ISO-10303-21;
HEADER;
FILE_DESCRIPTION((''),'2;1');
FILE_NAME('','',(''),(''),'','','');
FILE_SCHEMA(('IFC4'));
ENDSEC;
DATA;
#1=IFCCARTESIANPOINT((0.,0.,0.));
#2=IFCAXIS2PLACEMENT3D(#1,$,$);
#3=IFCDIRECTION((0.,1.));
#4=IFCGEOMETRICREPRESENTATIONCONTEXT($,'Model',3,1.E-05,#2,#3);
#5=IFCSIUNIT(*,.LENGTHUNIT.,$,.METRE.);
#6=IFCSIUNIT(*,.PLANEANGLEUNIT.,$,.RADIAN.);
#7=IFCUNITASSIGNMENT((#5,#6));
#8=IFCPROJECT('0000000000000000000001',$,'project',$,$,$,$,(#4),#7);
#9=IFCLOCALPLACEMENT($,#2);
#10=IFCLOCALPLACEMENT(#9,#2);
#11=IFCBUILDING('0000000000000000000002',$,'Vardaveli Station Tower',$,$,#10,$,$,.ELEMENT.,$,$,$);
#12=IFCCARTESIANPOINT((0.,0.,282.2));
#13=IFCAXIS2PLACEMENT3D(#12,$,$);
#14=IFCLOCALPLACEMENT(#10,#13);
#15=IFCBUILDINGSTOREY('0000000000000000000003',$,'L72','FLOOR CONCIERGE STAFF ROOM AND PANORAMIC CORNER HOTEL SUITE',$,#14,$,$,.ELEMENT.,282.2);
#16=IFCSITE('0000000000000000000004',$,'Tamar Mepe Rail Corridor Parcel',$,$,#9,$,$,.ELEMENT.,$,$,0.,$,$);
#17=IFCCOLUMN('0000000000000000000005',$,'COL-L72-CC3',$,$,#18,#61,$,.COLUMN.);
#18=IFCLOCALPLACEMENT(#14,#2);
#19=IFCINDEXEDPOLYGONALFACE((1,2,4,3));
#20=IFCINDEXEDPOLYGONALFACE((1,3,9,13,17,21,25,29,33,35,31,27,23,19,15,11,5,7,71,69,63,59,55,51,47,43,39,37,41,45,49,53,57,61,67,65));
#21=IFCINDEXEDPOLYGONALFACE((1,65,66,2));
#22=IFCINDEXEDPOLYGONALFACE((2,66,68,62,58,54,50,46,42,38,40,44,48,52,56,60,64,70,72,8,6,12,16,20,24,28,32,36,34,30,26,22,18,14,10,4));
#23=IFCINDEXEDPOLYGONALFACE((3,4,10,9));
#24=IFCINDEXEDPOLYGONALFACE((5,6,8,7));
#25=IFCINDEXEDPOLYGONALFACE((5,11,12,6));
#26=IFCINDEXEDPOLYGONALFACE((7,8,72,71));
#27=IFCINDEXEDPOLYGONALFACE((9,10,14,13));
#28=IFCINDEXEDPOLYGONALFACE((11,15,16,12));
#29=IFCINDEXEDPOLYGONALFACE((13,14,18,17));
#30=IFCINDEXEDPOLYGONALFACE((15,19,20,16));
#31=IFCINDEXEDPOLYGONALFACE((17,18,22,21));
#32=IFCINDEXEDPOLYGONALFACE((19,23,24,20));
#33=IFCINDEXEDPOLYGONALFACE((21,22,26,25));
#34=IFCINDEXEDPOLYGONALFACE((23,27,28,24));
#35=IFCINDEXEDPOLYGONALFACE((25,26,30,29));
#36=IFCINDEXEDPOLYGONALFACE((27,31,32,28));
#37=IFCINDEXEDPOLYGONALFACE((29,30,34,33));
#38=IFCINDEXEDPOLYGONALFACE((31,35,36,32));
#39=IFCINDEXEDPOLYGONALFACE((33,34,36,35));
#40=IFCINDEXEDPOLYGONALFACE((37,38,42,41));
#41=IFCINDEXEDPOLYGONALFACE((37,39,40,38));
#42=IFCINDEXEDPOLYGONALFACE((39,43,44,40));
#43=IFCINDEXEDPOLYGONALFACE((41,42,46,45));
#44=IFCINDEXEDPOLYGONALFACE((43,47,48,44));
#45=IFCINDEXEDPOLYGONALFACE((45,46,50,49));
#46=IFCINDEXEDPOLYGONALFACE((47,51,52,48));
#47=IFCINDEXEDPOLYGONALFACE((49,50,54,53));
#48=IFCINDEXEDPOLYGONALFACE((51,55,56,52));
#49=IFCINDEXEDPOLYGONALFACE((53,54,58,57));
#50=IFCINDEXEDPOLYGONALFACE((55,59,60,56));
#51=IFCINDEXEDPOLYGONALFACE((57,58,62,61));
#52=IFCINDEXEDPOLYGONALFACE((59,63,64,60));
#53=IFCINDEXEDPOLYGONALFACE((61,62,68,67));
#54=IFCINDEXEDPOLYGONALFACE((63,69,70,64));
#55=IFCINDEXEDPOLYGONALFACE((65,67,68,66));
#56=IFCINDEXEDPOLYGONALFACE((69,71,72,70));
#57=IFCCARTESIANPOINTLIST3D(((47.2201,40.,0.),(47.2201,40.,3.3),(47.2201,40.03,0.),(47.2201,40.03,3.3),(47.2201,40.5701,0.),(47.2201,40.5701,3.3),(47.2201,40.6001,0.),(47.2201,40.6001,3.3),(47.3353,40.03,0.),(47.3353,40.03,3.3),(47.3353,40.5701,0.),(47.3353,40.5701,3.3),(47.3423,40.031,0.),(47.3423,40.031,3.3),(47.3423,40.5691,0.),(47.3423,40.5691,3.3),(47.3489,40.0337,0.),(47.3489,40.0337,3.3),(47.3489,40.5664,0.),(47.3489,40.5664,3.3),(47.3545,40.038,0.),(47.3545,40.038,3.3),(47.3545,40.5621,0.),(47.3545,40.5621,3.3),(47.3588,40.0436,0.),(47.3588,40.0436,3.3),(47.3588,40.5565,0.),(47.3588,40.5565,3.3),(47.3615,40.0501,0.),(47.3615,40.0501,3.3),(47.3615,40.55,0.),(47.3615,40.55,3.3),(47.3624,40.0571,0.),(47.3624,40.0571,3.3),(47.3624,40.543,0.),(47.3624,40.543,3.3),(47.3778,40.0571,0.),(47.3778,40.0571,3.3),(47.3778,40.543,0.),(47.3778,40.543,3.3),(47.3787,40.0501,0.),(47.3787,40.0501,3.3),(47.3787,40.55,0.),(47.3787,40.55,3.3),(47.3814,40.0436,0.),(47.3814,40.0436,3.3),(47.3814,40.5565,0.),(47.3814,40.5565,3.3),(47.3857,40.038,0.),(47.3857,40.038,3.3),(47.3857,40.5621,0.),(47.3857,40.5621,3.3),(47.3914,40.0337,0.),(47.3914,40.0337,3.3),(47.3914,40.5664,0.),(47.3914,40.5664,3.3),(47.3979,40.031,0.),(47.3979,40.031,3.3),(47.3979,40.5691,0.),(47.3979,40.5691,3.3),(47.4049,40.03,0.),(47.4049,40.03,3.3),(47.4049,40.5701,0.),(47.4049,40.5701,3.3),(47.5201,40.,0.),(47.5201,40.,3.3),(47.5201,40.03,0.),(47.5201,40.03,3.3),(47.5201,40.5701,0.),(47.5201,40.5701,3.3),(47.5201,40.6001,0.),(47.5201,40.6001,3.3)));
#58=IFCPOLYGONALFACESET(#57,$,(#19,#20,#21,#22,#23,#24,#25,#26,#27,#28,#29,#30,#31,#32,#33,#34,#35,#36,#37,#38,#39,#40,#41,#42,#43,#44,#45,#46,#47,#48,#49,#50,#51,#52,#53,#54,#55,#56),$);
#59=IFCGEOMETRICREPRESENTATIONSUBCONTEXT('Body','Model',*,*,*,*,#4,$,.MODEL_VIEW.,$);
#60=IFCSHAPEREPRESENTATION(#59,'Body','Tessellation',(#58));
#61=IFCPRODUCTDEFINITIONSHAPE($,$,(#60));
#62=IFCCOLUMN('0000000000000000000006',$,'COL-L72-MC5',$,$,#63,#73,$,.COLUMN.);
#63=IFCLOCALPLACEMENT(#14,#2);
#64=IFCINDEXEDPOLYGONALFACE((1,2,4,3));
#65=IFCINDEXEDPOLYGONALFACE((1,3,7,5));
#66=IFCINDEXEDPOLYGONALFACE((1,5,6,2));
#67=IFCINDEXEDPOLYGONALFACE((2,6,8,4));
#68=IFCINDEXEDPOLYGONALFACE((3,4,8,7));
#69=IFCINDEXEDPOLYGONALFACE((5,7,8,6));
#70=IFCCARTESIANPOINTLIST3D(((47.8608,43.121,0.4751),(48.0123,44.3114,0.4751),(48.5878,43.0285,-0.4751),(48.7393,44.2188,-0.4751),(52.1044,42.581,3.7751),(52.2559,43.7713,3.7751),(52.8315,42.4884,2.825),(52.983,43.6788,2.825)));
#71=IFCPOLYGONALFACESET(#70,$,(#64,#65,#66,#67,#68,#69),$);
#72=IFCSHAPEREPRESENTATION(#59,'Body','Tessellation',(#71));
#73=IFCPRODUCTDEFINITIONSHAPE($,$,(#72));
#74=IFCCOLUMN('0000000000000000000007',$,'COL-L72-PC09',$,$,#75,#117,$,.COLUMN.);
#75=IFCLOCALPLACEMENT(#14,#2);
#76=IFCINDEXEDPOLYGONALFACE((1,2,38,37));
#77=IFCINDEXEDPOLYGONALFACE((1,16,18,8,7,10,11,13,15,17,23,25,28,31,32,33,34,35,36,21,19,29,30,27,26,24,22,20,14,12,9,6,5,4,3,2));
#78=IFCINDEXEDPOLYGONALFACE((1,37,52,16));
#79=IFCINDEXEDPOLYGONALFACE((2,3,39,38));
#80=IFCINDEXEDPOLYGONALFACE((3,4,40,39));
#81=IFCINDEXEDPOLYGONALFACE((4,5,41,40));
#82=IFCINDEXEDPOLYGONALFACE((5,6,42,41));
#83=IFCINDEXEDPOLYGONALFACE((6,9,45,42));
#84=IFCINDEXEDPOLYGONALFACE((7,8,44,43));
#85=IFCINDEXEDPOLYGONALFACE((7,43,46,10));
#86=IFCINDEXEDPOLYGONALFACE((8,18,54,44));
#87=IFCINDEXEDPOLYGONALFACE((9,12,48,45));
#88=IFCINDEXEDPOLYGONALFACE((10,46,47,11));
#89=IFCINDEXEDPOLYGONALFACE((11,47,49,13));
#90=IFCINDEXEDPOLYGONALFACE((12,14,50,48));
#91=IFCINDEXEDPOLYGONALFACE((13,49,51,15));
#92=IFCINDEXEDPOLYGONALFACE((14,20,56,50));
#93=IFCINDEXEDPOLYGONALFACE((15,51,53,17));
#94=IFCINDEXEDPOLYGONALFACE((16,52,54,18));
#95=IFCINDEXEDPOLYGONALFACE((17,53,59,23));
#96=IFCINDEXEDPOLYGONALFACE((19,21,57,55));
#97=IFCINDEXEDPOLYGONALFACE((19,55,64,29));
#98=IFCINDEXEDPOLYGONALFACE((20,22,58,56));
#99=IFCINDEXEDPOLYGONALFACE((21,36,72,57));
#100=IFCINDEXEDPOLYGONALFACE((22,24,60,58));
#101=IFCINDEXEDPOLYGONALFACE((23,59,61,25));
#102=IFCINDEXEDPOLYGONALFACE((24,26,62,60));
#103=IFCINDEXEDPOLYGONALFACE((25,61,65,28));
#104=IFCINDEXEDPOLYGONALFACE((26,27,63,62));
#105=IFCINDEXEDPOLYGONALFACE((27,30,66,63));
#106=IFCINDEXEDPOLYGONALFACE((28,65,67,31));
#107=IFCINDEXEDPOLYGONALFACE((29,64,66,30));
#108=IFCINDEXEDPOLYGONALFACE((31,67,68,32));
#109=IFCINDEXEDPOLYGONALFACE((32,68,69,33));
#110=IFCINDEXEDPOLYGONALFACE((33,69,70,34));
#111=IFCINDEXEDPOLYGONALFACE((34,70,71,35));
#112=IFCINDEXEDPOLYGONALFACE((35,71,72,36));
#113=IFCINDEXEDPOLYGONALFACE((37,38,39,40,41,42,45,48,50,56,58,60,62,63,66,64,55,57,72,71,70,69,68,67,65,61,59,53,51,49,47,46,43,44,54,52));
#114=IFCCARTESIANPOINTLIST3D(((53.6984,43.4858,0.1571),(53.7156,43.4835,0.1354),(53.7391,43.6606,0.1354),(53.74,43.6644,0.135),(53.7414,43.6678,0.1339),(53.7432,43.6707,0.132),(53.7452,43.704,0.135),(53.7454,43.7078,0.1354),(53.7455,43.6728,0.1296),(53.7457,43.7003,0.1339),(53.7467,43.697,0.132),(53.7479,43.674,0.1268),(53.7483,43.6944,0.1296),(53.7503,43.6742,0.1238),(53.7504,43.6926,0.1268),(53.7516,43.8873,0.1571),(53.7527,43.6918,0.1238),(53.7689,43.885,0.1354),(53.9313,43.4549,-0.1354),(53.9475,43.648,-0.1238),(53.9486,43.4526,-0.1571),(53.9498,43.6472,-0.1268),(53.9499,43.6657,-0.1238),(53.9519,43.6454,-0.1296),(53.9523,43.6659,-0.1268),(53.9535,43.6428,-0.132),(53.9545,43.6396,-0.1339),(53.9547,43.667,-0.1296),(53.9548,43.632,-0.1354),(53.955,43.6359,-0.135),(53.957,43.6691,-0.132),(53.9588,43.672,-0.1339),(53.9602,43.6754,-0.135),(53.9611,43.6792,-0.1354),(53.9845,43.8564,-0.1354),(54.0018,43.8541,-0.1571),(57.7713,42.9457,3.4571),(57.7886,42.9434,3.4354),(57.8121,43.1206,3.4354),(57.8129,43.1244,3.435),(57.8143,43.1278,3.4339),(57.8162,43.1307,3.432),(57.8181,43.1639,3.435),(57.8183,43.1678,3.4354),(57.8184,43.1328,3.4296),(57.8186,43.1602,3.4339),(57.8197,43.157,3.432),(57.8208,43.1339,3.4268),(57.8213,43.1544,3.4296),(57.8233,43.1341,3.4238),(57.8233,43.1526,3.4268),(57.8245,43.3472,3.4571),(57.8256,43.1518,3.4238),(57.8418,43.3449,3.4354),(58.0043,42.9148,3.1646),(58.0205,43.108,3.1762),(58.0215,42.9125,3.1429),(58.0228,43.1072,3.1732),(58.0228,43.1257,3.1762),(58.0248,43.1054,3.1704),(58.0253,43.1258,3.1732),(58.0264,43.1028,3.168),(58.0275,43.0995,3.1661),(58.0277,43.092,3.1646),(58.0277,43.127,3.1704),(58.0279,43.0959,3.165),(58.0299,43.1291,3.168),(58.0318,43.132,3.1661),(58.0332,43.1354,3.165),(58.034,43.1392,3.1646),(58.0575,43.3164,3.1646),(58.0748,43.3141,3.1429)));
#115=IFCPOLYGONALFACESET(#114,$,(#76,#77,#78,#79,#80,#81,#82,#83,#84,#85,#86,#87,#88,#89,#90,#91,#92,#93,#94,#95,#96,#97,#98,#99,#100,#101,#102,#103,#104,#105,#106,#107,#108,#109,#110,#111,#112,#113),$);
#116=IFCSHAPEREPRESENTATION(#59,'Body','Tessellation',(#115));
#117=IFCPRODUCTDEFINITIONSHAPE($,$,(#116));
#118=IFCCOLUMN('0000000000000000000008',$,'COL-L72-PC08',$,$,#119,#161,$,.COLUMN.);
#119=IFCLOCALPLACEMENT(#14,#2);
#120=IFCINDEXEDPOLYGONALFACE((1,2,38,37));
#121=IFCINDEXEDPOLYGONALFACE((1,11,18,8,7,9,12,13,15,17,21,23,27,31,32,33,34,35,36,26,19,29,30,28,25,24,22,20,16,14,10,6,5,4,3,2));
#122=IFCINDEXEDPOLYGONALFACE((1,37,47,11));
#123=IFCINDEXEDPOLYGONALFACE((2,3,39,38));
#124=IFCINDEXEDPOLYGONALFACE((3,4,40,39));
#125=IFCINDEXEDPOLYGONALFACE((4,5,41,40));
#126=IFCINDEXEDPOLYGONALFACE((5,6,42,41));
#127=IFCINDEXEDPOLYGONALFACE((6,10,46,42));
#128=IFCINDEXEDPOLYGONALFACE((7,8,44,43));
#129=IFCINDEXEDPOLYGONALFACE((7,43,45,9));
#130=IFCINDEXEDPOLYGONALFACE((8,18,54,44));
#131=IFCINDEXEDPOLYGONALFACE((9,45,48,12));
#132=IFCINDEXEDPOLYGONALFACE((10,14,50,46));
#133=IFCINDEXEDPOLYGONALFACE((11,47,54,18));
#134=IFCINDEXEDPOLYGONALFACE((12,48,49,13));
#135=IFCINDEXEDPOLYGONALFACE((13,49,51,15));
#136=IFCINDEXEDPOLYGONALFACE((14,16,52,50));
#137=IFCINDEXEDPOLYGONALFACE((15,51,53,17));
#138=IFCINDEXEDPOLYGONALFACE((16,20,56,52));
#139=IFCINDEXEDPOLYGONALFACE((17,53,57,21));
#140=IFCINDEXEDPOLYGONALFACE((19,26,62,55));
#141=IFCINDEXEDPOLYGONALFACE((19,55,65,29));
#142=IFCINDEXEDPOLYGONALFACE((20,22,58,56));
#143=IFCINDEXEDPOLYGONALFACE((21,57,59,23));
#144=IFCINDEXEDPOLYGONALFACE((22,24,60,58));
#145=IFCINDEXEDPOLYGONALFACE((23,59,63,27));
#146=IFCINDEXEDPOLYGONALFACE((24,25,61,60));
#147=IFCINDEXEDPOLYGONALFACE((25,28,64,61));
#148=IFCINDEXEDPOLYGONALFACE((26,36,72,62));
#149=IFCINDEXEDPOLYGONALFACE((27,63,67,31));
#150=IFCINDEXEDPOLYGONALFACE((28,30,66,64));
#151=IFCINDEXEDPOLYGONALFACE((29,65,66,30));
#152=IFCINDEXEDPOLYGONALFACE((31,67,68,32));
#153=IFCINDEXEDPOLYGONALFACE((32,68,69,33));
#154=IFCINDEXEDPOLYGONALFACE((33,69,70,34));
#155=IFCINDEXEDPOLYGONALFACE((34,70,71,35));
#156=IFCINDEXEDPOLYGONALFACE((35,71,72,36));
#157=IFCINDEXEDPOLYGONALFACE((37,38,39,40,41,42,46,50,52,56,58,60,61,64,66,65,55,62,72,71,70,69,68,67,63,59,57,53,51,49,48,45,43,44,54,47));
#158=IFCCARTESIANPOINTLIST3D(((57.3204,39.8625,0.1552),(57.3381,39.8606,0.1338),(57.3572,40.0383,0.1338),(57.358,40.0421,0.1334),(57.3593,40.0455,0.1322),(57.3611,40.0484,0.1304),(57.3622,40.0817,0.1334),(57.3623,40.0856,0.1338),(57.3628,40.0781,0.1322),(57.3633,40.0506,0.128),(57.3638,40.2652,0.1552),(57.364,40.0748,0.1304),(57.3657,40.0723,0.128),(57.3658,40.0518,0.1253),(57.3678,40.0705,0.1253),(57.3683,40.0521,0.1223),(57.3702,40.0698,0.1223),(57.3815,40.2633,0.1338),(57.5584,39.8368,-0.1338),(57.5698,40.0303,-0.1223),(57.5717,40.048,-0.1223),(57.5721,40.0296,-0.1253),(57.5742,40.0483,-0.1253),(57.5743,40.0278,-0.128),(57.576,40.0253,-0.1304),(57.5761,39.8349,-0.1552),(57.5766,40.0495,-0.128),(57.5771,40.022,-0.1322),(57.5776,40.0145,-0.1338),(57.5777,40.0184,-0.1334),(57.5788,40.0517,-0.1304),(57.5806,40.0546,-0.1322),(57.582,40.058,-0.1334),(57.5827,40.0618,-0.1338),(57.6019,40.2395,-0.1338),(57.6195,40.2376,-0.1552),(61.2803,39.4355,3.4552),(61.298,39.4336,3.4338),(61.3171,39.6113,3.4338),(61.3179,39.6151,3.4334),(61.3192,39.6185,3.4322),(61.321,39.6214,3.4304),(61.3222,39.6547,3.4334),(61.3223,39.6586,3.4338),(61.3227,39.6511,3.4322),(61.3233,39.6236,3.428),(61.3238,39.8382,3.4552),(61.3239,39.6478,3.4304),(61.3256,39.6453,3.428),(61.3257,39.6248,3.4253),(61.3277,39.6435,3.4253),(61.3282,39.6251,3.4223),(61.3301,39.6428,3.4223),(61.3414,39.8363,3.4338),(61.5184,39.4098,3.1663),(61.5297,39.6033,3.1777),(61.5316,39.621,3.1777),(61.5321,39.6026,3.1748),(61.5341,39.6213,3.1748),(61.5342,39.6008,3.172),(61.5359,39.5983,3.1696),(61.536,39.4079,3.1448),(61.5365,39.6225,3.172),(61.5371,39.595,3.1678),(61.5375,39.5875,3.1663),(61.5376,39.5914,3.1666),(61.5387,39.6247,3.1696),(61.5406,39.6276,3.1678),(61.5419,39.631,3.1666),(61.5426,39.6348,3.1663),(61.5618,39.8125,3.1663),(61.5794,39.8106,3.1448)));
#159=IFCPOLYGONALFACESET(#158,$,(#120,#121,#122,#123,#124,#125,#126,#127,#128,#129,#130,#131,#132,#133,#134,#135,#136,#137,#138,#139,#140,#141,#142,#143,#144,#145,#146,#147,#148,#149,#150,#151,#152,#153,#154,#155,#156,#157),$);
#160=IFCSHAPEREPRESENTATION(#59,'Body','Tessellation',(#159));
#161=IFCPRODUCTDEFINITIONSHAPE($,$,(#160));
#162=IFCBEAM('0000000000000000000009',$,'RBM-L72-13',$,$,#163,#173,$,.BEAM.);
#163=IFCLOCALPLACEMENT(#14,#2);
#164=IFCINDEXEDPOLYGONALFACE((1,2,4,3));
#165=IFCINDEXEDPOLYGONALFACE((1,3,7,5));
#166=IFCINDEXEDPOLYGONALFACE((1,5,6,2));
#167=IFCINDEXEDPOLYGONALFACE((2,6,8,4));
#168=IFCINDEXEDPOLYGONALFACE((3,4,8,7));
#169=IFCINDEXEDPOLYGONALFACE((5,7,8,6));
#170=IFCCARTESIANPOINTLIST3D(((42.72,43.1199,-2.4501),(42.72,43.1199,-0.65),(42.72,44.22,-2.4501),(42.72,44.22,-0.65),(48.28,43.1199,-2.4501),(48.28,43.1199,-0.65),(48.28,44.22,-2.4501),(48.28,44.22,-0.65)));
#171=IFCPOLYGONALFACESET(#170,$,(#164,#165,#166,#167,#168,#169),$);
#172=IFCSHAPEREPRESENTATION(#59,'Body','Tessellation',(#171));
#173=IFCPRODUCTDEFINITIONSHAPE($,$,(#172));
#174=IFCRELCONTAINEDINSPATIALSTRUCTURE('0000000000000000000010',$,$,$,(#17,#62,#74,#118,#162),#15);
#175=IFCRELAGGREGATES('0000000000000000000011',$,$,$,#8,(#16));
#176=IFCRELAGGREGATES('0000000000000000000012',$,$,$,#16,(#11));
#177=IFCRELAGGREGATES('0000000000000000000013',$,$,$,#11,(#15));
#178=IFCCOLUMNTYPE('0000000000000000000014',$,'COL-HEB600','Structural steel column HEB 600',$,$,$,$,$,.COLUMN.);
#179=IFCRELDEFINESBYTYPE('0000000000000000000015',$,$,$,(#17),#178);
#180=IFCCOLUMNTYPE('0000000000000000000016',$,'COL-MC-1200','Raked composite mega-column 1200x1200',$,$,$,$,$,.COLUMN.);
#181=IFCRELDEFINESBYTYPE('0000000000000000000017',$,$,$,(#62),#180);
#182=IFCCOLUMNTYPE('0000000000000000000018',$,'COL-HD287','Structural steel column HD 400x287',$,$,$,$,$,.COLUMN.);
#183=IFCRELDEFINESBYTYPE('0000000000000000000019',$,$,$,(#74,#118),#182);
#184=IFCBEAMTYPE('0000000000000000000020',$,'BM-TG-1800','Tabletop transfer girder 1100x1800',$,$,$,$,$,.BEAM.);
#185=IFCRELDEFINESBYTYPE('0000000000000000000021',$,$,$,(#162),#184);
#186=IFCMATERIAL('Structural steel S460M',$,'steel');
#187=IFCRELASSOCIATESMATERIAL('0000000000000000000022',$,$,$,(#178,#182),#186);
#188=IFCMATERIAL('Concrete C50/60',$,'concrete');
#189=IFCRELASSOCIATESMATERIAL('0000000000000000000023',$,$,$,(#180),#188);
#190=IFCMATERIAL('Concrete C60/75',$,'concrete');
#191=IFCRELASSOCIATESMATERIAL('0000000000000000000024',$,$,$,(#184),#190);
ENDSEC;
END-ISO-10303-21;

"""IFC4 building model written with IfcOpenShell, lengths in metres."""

from ifc_helpers import new_model, si_unit, direction, frame, origin, origin_2d, place, context, subcontext, project, spatial, rectangle, i_section, extrude, source, transform, mapped, material, material_profile, profile_set, type_object, element, save


model = new_model("IFC4")

# Units and contexts
model_context = context("Model", 3, precision=1e-05, world=origin(), true_north=direction((0.0, 1.0)))
body_context = subcontext(model_context, "Body", "Model", "MODEL_VIEW")
ifc_project = project(units=[si_unit("LENGTHUNIT", "METRE"), si_unit("PLANEANGLEUNIT", "RADIAN")], contexts=[model_context])

# Site, building, storey
site_placement = place(None, origin())
site = spatial("IfcSite", under=ifc_project, at=site_placement, Name="Tamar Mepe Rail Corridor Parcel", CompositionType="ELEMENT", RefElevation=0.0)
building_placement = place(site_placement, origin())
building = spatial("IfcBuilding", under=site, at=building_placement, Name="Vardaveli Station Tower", CompositionType="ELEMENT")
storey_placement = place(building_placement, frame((0.0, 0.0, 282.2)))
storey = spatial("IfcBuildingStorey", under=building, at=storey_placement, Name="L72", Description="FLOOR CONCIERGE STAFF ROOM AND PANORAMIC CORNER HOTEL SUITE", CompositionType="ELEMENT", Elevation=282.2)

# Columns
ifc_material_1 = material(Name="Structural steel S460M", Category="steel")
ifc_material_profile_1 = material_profile(ifc_material_1, i_section(OverallWidth=0.3, OverallDepth=0.6001, WebThickness=0.0154, FlangeThickness=0.03, FilletRadius=0.0271, at=origin_2d()), Name="HEB 600")
ifc_profile_set_1 = profile_set([ifc_material_profile_1], Name="Structural steel S460M")
column_type_1 = type_object("IfcColumnType", Name="COL-HEB600", Description="Structural steel column HEB 600", PredefinedType="COLUMN", material=ifc_profile_set_1)
shared_shape_1 = source(origin(), body_context, "Body", "SweptSolid", [
    extrude(i_section(OverallWidth=0.3, OverallDepth=0.6001, WebThickness=0.0154, FlangeThickness=0.03, FilletRadius=0.0271, at=origin_2d()), origin(), (0.0, 0.0, 1.0), 3.3),
])
column_1_placement = place(storey_placement, frame((47.3701, 40.3, 0.0), z_axis=(0.0, 0.0, 1.0), x_axis=(1.0, 0.0, 0.0)))
element("IfcColumn", 1, at=column_1_placement, inside=storey, type_object=column_type_1, Name="COL-L72-CC3", PredefinedType="COLUMN", context=body_context, shape_type="MappedRepresentation", body=[
    mapped(shared_shape_1, transform((0.0, 0.0, 0.0), scale=1.0)),
])
ifc_material_2 = material(Name="Concrete C50/60", Category="concrete")
ifc_material_profile_2 = material_profile(ifc_material_2, rectangle(XDim=1.2, YDim=1.2, at=origin_2d()), Name="MC 1200x1200")
ifc_profile_set_2 = profile_set([ifc_material_profile_2], Name="Concrete C50/60")
column_type_2 = type_object("IfcColumnType", Name="COL-MC-1200", Description="Raked composite mega-column 1200x1200", PredefinedType="COLUMN", material=ifc_profile_set_2)
shared_shape_2 = source(origin(), body_context, "Body", "SweptSolid", [
    extrude(rectangle(XDim=1.2, YDim=1.2, at=origin_2d()), origin(), (0.0, 0.0, 1.0), 5.4028),
])
column_2_placement = place(storey_placement, frame((48.3, 43.6699, 0.0), z_axis=(0.78545, -0.099955, 0.6108), x_axis=(0.12624, 0.992, 0.0)))
element("IfcColumn", 2, at=column_2_placement, inside=storey, type_object=column_type_2, Name="COL-L72-MC5", PredefinedType="COLUMN", context=body_context, shape_type="MappedRepresentation", body=[
    mapped(shared_shape_2, transform((0.0, 0.0, 0.0), scale=1.0)),
])
ifc_material_profile_3 = material_profile(ifc_material_1, i_section(OverallWidth=0.405, OverallDepth=0.4031, WebThickness=0.0178, FlangeThickness=0.0278, FilletRadius=0.0149, at=origin_2d()), Name="HD 400x287")
ifc_profile_set_3 = profile_set([ifc_material_profile_3], Name="Structural steel S460M")
column_type_3 = type_object("IfcColumnType", Name="COL-HD287", Description="Structural steel column HD 400x287", PredefinedType="COLUMN", material=ifc_profile_set_3)
shared_shape_3 = source(origin(), body_context, "Body", "SweptSolid", [
    extrude(i_section(OverallWidth=0.405, OverallDepth=0.4031, WebThickness=0.0178, FlangeThickness=0.0278, FilletRadius=0.0149, at=origin_2d()), origin(), (0.0, 0.0, 1.0), 5.2698),
])
column_3_placement = place(storey_placement, frame((53.8501, 43.6699, 0.0), z_axis=(0.772887, -0.102477, 0.626214), x_axis=(0.13144, 0.991324, 0.0)))
element("IfcColumn", 3, at=column_3_placement, inside=storey, type_object=column_type_3, Name="COL-L72-PC09", PredefinedType="COLUMN", context=body_context, shape_type="MappedRepresentation", body=[
    mapped(shared_shape_3, transform((0.0, 0.0, 0.0), scale=1.0)),
])
shared_shape_4 = source(origin(), body_context, "Body", "SweptSolid", [
    extrude(i_section(OverallWidth=0.405, OverallDepth=0.4031, WebThickness=0.0178, FlangeThickness=0.0278, FilletRadius=0.0149, at=origin_2d()), origin(), (0.0, 0.0, 1.0), 5.1724),
])
column_4_placement = place(storey_placement, frame((57.47, 40.05, 0.0), z_axis=(0.765591, -0.082554, 0.638008), x_axis=(0.107208, 0.994237, 0.0)))
element("IfcColumn", 4, at=column_4_placement, inside=storey, type_object=column_type_3, Name="COL-L72-PC08", PredefinedType="COLUMN", context=body_context, shape_type="MappedRepresentation", body=[
    mapped(shared_shape_4, transform((0.0, 0.0, 0.0), scale=1.0)),
])

# Beam
ifc_material_3 = material(Name="Concrete C60/75", Category="concrete")
ifc_material_profile_4 = material_profile(ifc_material_3, rectangle(XDim=1.1001, YDim=1.8, at=origin_2d()), Name="TG 1100x1800")
ifc_profile_set_4 = profile_set([ifc_material_profile_4], Name="Concrete C60/75")
beam_type = type_object("IfcBeamType", Name="BM-TG-1800", Description="Tabletop transfer girder 1100x1800", PredefinedType="BEAM", material=ifc_profile_set_4)
shared_shape_5 = source(origin(), body_context, "Body", "SweptSolid", [
    extrude(rectangle(XDim=1.1001, YDim=1.8, at=origin_2d()), origin(), (0.0, 0.0, 1.0), 5.5601),
])
beam_1_placement = place(storey_placement, frame((48.28, 43.6699, -1.55), z_axis=(-1.0, 0.0, 0.0), x_axis=(0.0, -1.0, 0.0)))
element("IfcBeam", 5, at=beam_1_placement, inside=storey, type_object=beam_type, Name="RBM-L72-13", PredefinedType="BEAM", context=body_context, shape_type="MappedRepresentation", body=[
    mapped(shared_shape_5, transform((0.0, 0.0, 0.0), scale=1.0)),
])

save(model, "model.ifc")
